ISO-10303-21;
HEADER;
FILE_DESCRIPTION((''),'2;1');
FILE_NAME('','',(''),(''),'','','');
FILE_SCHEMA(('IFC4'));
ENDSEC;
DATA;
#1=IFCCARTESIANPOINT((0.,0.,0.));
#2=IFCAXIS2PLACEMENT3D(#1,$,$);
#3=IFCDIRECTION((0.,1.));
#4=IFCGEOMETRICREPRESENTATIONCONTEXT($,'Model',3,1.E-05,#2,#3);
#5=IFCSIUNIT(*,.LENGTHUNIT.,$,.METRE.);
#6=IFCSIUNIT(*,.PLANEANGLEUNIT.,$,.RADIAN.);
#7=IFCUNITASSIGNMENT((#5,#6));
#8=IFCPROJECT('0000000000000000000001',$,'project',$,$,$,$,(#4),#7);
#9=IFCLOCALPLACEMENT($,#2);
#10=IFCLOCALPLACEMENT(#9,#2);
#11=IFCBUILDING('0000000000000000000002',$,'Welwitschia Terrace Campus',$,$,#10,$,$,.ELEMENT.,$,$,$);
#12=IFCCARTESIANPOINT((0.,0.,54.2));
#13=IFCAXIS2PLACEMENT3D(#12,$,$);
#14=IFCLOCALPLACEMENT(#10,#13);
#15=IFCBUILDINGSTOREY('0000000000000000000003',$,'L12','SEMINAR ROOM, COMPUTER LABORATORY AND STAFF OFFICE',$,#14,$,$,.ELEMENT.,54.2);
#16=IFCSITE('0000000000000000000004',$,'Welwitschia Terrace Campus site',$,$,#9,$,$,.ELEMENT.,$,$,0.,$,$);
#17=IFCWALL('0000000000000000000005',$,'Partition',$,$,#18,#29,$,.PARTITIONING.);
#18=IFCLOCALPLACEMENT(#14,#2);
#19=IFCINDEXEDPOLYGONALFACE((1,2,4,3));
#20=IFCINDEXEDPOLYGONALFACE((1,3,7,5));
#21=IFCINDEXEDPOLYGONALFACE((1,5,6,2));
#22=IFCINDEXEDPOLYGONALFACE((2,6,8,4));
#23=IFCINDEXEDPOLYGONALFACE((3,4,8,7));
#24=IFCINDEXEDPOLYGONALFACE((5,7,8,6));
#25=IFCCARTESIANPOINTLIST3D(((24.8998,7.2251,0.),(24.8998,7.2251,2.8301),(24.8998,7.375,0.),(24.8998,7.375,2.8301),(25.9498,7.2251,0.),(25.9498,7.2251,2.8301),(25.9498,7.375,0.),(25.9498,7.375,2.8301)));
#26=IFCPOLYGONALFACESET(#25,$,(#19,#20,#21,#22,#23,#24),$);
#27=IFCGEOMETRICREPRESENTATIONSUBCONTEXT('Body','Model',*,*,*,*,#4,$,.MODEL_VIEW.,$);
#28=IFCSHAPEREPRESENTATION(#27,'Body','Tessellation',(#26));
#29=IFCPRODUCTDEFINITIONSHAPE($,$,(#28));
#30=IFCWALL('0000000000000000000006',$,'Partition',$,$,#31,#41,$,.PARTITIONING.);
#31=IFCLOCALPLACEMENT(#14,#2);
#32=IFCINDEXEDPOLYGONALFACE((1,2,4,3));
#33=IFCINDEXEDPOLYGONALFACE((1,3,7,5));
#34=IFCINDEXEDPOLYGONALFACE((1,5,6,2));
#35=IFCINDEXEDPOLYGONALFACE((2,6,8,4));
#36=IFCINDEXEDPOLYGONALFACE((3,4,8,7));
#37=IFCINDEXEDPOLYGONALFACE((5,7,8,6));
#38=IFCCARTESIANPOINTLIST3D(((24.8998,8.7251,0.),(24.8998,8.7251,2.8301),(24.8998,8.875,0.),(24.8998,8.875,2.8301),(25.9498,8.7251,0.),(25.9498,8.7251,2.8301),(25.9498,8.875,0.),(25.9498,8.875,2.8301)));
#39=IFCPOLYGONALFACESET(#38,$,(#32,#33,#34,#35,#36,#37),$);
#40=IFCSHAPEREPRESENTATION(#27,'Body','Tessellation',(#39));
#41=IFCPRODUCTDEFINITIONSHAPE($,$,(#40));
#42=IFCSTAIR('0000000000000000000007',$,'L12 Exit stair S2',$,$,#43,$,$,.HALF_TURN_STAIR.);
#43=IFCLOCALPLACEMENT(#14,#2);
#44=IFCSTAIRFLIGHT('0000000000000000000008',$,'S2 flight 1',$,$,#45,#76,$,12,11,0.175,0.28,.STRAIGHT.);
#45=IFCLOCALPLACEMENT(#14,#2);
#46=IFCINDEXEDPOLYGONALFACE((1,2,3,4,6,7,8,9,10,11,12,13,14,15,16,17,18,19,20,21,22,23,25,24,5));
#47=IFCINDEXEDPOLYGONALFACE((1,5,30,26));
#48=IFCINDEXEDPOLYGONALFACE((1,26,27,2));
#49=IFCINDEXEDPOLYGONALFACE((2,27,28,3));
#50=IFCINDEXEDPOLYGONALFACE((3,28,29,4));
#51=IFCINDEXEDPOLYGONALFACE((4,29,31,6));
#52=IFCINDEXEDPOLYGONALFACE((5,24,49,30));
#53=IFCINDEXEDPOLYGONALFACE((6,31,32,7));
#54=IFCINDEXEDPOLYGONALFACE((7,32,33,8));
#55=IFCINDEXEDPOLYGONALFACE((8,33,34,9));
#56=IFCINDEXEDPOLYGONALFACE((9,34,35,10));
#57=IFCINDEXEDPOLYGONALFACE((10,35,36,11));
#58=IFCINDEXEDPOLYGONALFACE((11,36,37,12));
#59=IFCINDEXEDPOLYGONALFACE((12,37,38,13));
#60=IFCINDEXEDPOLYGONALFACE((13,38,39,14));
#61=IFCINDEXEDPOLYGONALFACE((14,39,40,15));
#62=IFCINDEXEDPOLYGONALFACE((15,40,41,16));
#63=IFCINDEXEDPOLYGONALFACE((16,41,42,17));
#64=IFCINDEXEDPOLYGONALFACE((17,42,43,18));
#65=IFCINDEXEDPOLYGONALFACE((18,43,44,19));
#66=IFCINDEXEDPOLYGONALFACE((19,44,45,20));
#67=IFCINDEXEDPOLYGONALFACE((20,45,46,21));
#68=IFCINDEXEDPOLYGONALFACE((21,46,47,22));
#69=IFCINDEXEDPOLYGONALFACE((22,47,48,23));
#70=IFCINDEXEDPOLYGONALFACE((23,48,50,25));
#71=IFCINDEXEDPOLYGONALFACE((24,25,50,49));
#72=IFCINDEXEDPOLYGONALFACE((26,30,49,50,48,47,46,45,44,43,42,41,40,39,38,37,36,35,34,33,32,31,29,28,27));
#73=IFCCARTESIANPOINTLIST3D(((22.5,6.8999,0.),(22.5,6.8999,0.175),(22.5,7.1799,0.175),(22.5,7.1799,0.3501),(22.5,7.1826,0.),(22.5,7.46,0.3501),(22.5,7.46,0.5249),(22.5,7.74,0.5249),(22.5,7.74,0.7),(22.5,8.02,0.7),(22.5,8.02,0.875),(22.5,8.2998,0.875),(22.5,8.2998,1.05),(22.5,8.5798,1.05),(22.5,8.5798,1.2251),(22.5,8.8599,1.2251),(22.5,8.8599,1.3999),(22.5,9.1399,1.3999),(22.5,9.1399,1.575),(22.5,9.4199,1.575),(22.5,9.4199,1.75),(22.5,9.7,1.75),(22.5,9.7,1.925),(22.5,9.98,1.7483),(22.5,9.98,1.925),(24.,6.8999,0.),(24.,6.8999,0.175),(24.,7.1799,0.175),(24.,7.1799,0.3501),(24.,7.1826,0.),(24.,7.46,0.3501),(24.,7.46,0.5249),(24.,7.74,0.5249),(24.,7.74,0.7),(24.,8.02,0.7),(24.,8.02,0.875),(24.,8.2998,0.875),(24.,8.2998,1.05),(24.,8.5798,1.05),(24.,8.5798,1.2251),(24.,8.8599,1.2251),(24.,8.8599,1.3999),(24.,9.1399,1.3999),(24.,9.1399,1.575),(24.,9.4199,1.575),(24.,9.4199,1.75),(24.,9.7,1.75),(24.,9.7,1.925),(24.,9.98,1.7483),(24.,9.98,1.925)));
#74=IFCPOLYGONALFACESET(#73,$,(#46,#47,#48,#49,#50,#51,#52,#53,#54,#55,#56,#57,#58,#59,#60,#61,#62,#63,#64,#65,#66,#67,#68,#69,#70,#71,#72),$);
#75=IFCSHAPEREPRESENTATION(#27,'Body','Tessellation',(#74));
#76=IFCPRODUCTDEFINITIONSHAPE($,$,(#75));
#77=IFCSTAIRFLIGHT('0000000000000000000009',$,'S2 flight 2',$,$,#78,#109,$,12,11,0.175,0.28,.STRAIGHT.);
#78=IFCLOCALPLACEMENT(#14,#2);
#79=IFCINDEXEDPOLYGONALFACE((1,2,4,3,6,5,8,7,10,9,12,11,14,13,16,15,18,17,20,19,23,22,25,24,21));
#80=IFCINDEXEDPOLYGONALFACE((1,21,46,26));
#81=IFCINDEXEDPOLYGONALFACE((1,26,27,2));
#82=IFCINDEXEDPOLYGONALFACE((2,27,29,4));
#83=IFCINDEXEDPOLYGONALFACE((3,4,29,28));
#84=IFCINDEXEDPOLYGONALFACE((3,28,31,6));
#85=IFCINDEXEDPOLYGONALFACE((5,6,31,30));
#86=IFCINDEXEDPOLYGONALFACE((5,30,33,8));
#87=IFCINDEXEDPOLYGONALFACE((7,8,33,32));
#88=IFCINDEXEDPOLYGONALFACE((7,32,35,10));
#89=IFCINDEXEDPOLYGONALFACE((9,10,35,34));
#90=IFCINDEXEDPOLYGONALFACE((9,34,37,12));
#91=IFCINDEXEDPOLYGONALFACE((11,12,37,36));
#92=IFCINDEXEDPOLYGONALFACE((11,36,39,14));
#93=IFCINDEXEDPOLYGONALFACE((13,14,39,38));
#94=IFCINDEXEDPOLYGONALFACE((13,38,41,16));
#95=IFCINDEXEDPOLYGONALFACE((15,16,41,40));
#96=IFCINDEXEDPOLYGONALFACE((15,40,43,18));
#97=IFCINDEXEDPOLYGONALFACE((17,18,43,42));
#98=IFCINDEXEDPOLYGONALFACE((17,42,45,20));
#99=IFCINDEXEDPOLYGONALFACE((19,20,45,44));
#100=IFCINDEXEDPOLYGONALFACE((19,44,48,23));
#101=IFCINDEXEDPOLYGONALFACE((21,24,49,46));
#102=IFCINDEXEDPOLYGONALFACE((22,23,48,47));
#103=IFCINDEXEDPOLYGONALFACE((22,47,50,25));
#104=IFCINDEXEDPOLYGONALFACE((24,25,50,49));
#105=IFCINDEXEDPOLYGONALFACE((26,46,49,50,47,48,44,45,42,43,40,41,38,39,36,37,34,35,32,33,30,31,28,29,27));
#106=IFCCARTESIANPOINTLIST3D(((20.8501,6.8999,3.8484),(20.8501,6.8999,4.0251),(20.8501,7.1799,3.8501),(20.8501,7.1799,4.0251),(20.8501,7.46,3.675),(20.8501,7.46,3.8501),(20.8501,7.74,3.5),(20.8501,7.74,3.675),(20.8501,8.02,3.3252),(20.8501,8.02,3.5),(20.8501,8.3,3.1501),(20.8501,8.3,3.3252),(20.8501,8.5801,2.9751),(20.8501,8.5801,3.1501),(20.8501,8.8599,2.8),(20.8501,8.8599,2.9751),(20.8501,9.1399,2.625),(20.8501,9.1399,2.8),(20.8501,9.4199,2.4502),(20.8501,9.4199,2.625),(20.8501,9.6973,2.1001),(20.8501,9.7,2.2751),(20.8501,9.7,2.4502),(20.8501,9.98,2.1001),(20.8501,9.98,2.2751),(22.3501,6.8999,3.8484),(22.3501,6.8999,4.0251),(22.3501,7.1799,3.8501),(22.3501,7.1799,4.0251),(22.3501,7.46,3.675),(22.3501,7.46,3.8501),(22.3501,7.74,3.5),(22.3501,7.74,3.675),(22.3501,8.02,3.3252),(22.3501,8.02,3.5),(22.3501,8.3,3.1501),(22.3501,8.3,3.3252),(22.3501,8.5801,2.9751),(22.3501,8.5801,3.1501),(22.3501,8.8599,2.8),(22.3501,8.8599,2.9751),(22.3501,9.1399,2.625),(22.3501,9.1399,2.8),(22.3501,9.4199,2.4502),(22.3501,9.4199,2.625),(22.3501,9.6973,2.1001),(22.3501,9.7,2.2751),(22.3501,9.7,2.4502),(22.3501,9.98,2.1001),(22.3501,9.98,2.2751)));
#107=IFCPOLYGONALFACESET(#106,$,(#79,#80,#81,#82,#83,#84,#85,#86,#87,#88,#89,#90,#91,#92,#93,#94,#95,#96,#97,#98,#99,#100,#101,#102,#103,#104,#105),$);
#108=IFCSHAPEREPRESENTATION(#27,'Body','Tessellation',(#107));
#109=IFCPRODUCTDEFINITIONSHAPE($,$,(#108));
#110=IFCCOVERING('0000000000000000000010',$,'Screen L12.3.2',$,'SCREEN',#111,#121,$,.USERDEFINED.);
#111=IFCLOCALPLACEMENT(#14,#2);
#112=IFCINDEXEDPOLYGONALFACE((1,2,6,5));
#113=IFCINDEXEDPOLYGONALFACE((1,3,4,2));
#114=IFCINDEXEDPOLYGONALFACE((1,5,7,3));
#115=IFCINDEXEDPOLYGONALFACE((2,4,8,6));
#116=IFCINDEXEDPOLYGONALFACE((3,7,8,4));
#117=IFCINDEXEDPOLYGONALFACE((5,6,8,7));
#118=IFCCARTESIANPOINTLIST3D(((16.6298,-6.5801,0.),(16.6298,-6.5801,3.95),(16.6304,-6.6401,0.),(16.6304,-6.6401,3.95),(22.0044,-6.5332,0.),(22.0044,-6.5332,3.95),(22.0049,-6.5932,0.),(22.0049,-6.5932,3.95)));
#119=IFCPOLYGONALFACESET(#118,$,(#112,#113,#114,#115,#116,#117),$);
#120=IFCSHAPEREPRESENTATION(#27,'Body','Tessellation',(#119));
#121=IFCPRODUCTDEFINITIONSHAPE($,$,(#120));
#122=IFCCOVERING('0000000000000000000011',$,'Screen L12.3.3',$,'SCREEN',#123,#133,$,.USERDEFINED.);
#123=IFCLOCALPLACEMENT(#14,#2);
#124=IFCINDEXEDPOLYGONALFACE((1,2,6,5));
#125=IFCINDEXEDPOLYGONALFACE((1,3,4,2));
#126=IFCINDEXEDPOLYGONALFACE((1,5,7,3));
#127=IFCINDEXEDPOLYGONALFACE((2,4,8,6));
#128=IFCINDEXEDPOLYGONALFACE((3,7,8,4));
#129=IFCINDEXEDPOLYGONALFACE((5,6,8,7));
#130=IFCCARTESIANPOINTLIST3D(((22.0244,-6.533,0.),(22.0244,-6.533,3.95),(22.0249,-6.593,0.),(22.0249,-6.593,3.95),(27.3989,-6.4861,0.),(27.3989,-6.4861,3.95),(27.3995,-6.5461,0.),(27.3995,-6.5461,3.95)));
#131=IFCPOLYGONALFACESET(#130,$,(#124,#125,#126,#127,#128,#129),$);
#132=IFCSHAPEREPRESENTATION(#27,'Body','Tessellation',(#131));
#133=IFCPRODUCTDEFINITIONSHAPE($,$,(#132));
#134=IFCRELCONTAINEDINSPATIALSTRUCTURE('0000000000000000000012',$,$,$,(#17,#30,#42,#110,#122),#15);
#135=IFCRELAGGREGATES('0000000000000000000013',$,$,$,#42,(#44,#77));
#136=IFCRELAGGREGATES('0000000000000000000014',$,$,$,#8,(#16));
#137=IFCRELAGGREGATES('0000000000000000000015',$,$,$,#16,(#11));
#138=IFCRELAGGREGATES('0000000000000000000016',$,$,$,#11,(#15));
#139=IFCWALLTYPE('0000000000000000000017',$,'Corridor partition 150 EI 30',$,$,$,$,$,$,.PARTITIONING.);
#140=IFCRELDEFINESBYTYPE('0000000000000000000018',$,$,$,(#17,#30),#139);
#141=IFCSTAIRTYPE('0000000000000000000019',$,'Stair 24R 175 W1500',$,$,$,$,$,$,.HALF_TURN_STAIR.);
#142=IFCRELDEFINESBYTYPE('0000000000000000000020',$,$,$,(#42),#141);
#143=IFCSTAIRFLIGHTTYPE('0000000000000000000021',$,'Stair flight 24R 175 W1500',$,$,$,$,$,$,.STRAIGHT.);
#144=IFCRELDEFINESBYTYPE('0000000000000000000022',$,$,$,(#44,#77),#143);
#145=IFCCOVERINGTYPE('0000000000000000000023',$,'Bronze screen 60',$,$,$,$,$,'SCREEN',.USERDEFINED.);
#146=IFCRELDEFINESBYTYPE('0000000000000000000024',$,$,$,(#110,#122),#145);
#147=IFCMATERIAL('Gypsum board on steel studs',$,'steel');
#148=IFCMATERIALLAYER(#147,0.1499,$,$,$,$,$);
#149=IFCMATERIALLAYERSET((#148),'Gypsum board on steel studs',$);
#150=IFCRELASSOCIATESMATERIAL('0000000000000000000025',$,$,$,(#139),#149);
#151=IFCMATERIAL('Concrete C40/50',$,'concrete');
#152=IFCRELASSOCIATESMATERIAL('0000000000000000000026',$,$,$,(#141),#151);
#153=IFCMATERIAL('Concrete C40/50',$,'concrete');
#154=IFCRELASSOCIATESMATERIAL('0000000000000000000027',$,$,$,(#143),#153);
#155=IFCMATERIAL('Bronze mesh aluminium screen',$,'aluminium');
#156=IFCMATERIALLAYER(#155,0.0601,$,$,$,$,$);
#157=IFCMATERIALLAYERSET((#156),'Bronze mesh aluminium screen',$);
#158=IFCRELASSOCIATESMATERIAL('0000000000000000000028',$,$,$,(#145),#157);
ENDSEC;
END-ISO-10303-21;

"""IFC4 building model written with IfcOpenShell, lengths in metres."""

from ifc_helpers import new_model, si_unit, direction, frame, frame_2d, origin, origin_2d, place, context, subcontext, project, spatial, polyline, rectangle, outline, extrude, material, layer, layer_set, type_object, element, aggregate, save


model = new_model("IFC4")

# Units and contexts
model_context = context("Model", 3, precision=1e-05, world=origin(), true_north=direction((0.0, 1.0)))
body_context = subcontext(model_context, "Body", "Model", "MODEL_VIEW")
ifc_project = project(units=[si_unit("LENGTHUNIT", "METRE"), si_unit("PLANEANGLEUNIT", "RADIAN")], contexts=[model_context])

# Site, building, storey
site_placement = place(None, origin())
site = spatial("IfcSite", under=ifc_project, at=site_placement, Name="Welwitschia Terrace Campus site", CompositionType="ELEMENT", RefElevation=0.0)
building_placement = place(site_placement, origin())
building = spatial("IfcBuilding", under=site, at=building_placement, Name="Welwitschia Terrace Campus", CompositionType="ELEMENT")
storey_placement = place(building_placement, frame((0.0, 0.0, 54.2)))
storey = spatial("IfcBuildingStorey", under=building, at=storey_placement, Name="L12", Description="SEMINAR ROOM, COMPUTER LABORATORY AND STAFF OFFICE", CompositionType="ELEMENT", Elevation=54.2)

# Walls
ifc_material_1 = material(Name="Gypsum board on steel studs", Category="steel")
ifc_layer_1 = layer(ifc_material_1, 0.1499)
ifc_layer_set_1 = layer_set([ifc_layer_1], Name="Gypsum board on steel studs")
wall_type_1 = type_object("IfcWallType", Name="Corridor partition 150 EI 30", PredefinedType="PARTITIONING", material=ifc_layer_set_1)
for number, where, z_axis, x_axis, name in (
    (1, (24.8999, 7.3, 0.0), (0.0, 0.0, 1.0), (1.0, 0.0, 0.0), "Partition"),
    (2, (24.8999, 8.8, 0.0), (0.0, 0.0, 1.0), (1.0, 0.0, 0.0), "Partition"),
):
    element("IfcWall", number, at=place(storey_placement, frame(where, z_axis=z_axis, x_axis=x_axis)), inside=storey, type_object=wall_type_1, Name=name, PredefinedType="PARTITIONING", context=body_context, shape_type="SweptSolid", body=[
        extrude(rectangle(XDim=1.05, YDim=0.1499, at=frame_2d((0.5249, 0.0))), origin(), (0.0, 0.0, 1.0), 2.8301),
    ])

# Stair, stair flights
ifc_material_2 = material(Name="Concrete C40/50", Category="concrete")
stair_type = type_object("IfcStairType", Name="Stair 24R 175 W1500", PredefinedType="HALF_TURN_STAIR", material=ifc_material_2)
stair_placement = place(storey_placement, origin())
stair = element("IfcStair", 3, at=stair_placement, inside=storey, type_object=stair_type, Name="L12 Exit stair S2", PredefinedType="HALF_TURN_STAIR")
ifc_material_3 = material(Name="Concrete C40/50", Category="concrete")
stair_flight_type = type_object("IfcStairFlightType", Name="Stair flight 24R 175 W1500", PredefinedType="STRAIGHT", material=ifc_material_3)
stair_flight_1_placement = place(storey_placement, frame((23.25, 6.8999, 0.0), z_axis=(0.0, 0.0, 1.0), x_axis=(0.0, 1.0, 0.0)))
stair_flight_1 = element("IfcStairFlight", 4, at=stair_flight_1_placement, type_object=stair_flight_type, Name="S2 flight 1", NumberOfRisers=12, NumberOfTreads=11, PredefinedType="STRAIGHT", RiserHeight=0.175, TreadLength=0.28, context=body_context, shape_type="SweptSolid", body=[
    extrude(outline(polyline([(0.0, 0.0), (0.0, 0.175), (0.28, 0.175), (0.28, 0.3501), (0.5601, 0.3501), (0.5601, 0.5249), (0.8401, 0.5249), (0.8401, 0.7), (1.1201, 0.7), (1.1201, 0.875), (1.3999, 0.875), (1.3999, 1.05), (1.6799, 1.05), (1.6799, 1.2251), (1.96, 1.2251), (1.96, 1.3999), (2.24, 1.3999), (2.24, 1.575), (2.52, 1.575), (2.52, 1.75), (2.8, 1.75), (2.8, 1.925), (3.0801, 1.925), (3.0801, 2.1001), (3.0801, 1.7483), (0.2827, 0.0), (0.0, 0.0)])), frame((0.0, 0.75, 0.0), z_axis=(0.0, -1.0, 0.0), x_axis=(1.0, 0.0, 0.0)), (0.0, 0.0, 1.0), 1.5),
])
stair_flight_2_placement = place(storey_placement, frame((21.6001, 9.98, 2.1001), z_axis=(0.0, 0.0, 1.0), x_axis=(0.0, -1.0, 0.0)))
stair_flight_2 = element("IfcStairFlight", 5, at=stair_flight_2_placement, type_object=stair_flight_type, Name="S2 flight 2", NumberOfRisers=12, NumberOfTreads=11, PredefinedType="STRAIGHT", RiserHeight=0.175, TreadLength=0.28, context=body_context, shape_type="SweptSolid", body=[
    extrude(outline(polyline([(0.0, 0.0), (0.0, 0.175), (0.28, 0.175), (0.28, 0.3501), (0.5601, 0.3501), (0.5601, 0.5249), (0.8401, 0.5249), (0.8401, 0.7), (1.1201, 0.7), (1.1201, 0.875), (1.3999, 0.875), (1.3999, 1.05), (1.6799, 1.05), (1.6799, 1.2251), (1.96, 1.2251), (1.96, 1.3999), (2.24, 1.3999), (2.24, 1.575), (2.52, 1.575), (2.52, 1.75), (2.8, 1.75), (2.8, 1.925), (3.0801, 1.925), (3.0801, 2.1001), (3.0801, 1.7483), (0.2827, 0.0), (0.0, 0.0)])), frame((0.0, 0.75, 0.0), z_axis=(0.0, -1.0, 0.0), x_axis=(1.0, 0.0, 0.0)), (0.0, 0.0, 1.0), 1.5),
])
aggregate(stair, [stair_flight_1, stair_flight_2])

# Coverings
ifc_material_4 = material(Name="Bronze mesh aluminium screen", Category="aluminium")
ifc_layer_2 = layer(ifc_material_4, 0.0601)
ifc_layer_set_2 = layer_set([ifc_layer_2], Name="Bronze mesh aluminium screen")
covering_type = type_object("IfcCoveringType", Name="Bronze screen 60", ElementType="SCREEN", PredefinedType="USERDEFINED", material=ifc_layer_set_2)
for number, where, z_axis, x_axis, name in (
    (6, (19.3174, -6.5867, 0.0), (0.0, 0.0, 1.0), (0.999962, 0.008727, 0.0), "Screen L12.3.2"),
    (7, (24.7119, -6.5396, 0.0), (0.0, 0.0, 1.0), (0.999962, 0.008727, 0.0), "Screen L12.3.3"),
):
    element("IfcCovering", number, at=place(storey_placement, frame(where, z_axis=z_axis, x_axis=x_axis)), inside=storey, type_object=covering_type, Name=name, ObjectType="SCREEN", PredefinedType="USERDEFINED", context=body_context, shape_type="SweptSolid", body=[
        extrude(rectangle(XDim=5.3748, YDim=0.0601, at=origin_2d()), origin(), (0.0, 0.0, 1.0), 3.95),
    ])

save(model, "model.ifc")
